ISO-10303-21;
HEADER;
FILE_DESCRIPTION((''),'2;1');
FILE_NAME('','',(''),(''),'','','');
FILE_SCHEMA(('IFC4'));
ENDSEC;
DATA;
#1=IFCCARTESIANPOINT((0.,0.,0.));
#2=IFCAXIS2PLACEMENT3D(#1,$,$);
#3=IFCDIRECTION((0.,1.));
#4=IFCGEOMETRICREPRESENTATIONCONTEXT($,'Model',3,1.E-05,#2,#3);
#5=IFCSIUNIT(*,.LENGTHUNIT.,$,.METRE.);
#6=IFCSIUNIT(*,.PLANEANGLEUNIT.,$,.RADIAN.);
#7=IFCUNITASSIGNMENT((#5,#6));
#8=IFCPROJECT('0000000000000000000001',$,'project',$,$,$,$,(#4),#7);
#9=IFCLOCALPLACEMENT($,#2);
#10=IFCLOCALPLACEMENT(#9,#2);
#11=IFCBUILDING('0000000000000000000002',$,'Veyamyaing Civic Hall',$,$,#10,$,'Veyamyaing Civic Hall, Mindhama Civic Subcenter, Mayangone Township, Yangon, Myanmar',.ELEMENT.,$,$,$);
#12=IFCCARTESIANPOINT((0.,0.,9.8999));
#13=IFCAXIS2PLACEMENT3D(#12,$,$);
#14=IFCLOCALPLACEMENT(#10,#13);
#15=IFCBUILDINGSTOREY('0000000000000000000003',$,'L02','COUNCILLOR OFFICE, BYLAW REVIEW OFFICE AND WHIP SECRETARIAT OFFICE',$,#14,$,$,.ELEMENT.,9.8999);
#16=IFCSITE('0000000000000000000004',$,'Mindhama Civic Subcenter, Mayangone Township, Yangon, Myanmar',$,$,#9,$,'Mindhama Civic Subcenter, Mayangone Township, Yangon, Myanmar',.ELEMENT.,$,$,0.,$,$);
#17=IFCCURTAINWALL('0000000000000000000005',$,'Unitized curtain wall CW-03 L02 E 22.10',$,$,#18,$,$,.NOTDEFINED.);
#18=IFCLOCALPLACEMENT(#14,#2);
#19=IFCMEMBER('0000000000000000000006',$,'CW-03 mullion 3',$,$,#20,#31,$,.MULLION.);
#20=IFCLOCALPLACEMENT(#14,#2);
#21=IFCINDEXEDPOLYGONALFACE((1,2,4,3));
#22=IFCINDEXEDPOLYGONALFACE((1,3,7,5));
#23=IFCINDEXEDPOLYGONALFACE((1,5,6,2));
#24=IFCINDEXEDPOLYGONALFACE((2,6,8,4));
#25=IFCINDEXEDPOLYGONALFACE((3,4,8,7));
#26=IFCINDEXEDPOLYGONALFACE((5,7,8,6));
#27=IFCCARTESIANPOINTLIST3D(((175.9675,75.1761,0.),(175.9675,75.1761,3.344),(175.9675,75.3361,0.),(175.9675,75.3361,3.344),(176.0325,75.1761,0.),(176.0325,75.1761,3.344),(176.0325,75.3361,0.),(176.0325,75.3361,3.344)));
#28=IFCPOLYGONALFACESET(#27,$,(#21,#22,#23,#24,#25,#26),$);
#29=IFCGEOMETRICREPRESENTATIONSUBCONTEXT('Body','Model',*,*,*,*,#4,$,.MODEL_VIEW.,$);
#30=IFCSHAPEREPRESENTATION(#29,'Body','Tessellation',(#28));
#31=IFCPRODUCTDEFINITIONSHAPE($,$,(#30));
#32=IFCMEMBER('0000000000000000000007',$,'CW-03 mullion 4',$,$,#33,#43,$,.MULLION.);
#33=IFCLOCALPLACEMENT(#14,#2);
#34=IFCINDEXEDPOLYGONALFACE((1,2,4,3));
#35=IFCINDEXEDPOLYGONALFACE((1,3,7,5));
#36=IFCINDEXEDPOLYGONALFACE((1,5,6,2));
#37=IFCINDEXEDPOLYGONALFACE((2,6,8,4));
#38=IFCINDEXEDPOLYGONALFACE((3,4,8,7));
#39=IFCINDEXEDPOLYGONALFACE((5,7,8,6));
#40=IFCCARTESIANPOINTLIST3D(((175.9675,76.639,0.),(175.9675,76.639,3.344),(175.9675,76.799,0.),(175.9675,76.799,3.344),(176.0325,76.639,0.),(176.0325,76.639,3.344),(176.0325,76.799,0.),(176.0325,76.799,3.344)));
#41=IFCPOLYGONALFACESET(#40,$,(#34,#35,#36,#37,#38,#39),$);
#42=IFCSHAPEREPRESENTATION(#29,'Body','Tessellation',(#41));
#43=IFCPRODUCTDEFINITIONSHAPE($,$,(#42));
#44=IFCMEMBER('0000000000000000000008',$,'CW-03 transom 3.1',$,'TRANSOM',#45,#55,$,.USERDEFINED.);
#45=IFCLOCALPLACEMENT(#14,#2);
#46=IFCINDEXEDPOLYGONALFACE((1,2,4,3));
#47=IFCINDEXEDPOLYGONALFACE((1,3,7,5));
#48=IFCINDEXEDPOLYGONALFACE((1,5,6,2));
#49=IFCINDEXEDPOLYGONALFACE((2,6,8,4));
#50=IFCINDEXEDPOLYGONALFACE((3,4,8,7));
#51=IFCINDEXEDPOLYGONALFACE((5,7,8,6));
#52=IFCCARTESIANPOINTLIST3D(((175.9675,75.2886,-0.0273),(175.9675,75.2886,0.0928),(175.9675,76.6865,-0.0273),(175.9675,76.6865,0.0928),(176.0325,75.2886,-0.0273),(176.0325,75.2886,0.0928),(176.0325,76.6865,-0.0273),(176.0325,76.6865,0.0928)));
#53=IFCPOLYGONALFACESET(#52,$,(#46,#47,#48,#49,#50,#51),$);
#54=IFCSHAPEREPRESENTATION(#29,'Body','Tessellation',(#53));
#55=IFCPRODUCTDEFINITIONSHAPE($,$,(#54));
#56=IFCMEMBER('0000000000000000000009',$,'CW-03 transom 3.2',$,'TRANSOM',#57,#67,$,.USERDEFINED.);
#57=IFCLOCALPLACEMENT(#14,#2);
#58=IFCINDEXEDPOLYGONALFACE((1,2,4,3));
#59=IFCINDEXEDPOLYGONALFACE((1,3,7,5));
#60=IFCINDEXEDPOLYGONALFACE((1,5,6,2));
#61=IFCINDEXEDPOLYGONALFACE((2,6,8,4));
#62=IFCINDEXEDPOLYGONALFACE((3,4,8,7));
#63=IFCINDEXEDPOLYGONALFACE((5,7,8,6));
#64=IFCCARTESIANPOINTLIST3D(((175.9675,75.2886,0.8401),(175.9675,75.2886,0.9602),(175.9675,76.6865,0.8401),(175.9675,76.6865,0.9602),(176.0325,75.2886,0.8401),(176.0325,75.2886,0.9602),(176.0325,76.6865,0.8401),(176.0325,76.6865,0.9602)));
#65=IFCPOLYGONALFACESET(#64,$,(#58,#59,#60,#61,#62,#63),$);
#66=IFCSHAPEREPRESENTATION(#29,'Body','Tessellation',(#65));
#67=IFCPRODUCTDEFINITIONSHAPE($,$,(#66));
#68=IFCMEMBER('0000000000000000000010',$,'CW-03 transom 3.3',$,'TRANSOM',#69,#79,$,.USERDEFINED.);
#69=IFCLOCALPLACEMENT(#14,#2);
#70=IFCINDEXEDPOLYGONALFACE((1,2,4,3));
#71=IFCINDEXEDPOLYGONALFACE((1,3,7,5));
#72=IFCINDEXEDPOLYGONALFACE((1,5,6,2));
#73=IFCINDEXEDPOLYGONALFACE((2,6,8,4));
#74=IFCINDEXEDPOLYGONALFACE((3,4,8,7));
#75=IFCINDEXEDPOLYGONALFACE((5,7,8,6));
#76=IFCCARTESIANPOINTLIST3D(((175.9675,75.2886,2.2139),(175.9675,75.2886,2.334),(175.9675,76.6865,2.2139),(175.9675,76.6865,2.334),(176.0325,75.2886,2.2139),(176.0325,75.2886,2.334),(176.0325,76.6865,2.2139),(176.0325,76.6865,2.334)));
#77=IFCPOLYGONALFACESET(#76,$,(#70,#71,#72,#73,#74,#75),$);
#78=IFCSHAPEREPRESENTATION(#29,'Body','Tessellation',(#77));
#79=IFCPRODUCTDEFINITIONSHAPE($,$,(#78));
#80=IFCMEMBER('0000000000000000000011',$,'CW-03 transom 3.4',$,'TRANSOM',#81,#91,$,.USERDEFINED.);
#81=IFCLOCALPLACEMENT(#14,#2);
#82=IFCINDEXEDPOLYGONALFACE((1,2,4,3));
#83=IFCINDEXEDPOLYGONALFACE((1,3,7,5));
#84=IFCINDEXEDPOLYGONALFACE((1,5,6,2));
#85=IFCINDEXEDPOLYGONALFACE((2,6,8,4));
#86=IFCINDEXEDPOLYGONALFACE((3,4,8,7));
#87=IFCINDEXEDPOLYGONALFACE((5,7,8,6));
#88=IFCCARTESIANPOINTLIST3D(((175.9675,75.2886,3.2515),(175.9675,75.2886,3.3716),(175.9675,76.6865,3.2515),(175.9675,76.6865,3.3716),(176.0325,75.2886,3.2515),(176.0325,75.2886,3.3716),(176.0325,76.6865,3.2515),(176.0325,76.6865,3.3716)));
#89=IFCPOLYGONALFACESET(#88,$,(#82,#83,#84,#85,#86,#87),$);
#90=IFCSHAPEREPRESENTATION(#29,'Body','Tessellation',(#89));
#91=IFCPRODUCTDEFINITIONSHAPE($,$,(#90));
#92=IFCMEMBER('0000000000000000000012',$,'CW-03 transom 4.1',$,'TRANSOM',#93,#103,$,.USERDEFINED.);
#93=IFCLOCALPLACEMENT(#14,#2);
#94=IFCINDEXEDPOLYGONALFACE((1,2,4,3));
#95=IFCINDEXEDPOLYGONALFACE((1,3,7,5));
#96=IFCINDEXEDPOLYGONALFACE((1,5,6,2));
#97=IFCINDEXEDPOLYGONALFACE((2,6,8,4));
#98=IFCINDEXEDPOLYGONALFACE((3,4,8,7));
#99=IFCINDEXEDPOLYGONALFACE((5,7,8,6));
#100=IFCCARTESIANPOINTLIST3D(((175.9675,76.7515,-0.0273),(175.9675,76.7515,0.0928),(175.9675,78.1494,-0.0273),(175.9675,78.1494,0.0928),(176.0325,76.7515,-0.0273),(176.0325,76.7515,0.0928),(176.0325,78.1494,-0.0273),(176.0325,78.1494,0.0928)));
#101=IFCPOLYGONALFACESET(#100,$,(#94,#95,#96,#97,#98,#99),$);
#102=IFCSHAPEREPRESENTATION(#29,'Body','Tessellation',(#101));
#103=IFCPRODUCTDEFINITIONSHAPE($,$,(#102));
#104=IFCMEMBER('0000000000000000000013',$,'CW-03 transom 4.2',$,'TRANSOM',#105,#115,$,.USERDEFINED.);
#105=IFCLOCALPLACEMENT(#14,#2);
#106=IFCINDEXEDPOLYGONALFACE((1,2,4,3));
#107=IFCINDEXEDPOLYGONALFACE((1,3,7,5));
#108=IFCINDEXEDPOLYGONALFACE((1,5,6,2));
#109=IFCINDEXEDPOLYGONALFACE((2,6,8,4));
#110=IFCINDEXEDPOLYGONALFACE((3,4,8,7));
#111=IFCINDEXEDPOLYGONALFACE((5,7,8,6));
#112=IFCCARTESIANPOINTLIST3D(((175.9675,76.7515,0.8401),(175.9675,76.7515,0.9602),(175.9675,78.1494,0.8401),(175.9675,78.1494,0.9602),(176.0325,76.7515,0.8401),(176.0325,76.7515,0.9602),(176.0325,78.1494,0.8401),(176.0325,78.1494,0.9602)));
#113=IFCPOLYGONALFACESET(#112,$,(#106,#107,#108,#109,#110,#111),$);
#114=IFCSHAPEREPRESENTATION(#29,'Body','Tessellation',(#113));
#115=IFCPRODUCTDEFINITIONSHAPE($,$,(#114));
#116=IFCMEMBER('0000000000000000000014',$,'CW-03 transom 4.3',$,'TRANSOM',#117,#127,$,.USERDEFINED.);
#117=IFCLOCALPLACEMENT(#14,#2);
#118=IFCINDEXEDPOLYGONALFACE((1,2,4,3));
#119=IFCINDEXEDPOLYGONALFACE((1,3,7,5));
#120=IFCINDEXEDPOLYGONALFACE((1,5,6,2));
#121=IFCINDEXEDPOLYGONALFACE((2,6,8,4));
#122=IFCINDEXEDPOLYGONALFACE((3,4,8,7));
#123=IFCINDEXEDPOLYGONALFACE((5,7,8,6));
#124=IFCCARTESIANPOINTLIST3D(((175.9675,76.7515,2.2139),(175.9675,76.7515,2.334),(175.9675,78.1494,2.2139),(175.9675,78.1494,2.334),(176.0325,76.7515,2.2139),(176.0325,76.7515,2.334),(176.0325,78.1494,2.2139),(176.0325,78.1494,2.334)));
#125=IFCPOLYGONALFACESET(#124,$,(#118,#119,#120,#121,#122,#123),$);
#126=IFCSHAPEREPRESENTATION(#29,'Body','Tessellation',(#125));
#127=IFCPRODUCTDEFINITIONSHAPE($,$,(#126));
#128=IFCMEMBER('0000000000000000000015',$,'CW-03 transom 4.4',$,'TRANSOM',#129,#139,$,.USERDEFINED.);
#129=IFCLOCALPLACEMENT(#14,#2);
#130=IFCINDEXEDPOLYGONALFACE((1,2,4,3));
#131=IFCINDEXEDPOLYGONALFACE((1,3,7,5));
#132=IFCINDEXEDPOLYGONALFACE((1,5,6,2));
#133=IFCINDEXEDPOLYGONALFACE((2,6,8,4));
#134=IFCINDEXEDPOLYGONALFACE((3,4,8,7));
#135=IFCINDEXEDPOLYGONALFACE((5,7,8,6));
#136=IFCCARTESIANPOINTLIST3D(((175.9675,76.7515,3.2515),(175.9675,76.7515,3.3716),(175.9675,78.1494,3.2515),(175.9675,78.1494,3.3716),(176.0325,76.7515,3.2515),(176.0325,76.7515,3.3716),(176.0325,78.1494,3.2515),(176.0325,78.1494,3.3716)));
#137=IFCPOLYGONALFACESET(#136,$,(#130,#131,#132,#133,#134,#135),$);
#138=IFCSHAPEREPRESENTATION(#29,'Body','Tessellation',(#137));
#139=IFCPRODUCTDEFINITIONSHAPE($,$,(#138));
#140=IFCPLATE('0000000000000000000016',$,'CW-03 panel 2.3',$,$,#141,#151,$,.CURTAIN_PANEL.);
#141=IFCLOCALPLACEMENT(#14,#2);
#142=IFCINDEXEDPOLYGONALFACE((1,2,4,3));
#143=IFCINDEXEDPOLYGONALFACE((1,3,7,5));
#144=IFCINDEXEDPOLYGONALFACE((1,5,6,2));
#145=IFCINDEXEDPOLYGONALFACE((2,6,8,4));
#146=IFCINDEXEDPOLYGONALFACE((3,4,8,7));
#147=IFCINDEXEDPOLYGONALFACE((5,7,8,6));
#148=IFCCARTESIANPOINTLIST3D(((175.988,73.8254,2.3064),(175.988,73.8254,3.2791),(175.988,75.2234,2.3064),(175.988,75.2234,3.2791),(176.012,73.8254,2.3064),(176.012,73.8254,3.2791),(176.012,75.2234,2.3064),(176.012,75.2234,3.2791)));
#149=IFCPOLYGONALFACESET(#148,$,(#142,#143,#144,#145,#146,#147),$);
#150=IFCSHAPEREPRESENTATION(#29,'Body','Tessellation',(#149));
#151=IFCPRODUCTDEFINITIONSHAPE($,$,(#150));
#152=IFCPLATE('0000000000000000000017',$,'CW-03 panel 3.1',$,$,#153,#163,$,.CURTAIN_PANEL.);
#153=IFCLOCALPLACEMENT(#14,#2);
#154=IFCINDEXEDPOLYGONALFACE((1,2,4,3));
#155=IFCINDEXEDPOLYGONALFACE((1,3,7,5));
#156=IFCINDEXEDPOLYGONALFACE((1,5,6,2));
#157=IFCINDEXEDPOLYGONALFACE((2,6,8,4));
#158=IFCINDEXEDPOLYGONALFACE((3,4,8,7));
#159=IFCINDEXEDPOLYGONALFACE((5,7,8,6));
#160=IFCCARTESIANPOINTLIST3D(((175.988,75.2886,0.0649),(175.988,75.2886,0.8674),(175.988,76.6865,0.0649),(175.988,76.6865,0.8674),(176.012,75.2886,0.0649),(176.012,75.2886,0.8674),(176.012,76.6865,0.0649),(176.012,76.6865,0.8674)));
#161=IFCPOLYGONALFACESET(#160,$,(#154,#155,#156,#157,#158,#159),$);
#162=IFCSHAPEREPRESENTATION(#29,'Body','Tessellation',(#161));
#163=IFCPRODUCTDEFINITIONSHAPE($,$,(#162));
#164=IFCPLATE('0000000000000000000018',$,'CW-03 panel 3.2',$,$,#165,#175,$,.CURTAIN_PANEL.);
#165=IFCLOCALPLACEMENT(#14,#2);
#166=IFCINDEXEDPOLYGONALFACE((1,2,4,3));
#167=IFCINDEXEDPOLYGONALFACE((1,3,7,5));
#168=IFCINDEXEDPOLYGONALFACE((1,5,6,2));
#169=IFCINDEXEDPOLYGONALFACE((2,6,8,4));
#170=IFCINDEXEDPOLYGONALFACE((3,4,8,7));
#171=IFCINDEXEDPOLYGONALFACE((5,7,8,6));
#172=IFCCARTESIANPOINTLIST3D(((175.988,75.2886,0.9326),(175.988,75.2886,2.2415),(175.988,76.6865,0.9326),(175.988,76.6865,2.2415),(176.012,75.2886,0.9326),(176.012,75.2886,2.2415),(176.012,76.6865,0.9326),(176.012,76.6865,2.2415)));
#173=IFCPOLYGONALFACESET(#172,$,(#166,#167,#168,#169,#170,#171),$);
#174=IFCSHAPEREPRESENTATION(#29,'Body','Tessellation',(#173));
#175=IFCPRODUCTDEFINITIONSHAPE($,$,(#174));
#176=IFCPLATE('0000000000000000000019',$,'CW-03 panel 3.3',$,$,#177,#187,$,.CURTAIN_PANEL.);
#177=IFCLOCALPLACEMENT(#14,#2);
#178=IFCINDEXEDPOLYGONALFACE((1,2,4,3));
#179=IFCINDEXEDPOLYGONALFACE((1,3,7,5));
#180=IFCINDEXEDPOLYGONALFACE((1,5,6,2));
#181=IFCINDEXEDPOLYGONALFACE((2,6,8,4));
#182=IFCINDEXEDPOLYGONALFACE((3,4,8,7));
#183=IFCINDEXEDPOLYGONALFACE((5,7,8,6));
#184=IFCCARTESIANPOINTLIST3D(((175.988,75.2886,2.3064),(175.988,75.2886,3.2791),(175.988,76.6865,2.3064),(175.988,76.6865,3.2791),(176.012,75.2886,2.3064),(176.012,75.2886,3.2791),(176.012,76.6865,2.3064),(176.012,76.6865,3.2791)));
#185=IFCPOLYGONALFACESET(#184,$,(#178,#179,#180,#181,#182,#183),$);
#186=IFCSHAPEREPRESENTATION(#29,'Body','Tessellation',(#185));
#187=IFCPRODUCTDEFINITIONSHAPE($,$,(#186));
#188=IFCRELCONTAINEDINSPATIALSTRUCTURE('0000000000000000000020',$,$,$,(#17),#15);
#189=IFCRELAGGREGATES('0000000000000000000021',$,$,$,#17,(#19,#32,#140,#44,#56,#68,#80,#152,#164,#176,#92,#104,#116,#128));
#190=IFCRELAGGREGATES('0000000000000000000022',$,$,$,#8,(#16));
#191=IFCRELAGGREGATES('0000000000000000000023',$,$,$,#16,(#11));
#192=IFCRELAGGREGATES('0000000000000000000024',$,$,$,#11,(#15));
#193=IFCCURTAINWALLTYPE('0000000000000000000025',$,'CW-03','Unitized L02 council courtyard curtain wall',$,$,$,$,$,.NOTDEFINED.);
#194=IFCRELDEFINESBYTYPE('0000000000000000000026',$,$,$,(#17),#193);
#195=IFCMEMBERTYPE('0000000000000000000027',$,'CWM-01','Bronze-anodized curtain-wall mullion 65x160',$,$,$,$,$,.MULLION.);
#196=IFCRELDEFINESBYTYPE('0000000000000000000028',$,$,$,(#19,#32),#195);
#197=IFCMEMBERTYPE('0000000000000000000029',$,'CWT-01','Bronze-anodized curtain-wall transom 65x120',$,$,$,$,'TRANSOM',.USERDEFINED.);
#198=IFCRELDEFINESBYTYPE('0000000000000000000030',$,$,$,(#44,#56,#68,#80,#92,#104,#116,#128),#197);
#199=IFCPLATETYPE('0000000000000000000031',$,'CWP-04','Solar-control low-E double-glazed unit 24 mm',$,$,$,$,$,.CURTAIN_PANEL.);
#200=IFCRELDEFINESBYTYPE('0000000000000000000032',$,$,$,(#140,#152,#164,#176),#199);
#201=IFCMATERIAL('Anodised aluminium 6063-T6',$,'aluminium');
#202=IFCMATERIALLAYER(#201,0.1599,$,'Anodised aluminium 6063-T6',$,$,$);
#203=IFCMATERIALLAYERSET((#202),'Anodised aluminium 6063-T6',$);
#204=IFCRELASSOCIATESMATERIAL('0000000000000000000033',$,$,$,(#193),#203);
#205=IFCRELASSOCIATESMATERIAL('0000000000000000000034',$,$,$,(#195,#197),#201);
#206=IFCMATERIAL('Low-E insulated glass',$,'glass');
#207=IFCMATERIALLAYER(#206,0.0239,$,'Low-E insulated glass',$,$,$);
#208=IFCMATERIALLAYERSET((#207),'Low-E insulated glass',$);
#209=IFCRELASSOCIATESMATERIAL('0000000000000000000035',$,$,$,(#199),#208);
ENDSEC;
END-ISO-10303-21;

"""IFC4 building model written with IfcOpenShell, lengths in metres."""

from ifc_helpers import new_model, si_unit, direction, frame, origin, origin_2d, place, context, subcontext, project, spatial, rectangle, extrude, material, layer, layer_set, material_profile, profile_set, type_object, element, aggregate, save


model = new_model("IFC4")

# Units and contexts
model_context = context("Model", 3, precision=1e-05, world=origin(), true_north=direction((0.0, 1.0)))
body_context = subcontext(model_context, "Body", "Model", "MODEL_VIEW")
ifc_project = project(units=[si_unit("LENGTHUNIT", "METRE"), si_unit("PLANEANGLEUNIT", "RADIAN")], contexts=[model_context])

# Site, building, storey
site_placement = place(None, origin())
site = spatial("IfcSite", under=ifc_project, at=site_placement, Name="Mindhama Civic Subcenter, Mayangone Township, Yangon, Myanmar", LongName="Mindhama Civic Subcenter, Mayangone Township, Yangon, Myanmar", CompositionType="ELEMENT", RefElevation=0.0)
building_placement = place(site_placement, origin())
building = spatial("IfcBuilding", under=site, at=building_placement, Name="Veyamyaing Civic Hall", LongName="Veyamyaing Civic Hall, Mindhama Civic Subcenter, Mayangone Township, Yangon, Myanmar", CompositionType="ELEMENT")
storey_placement = place(building_placement, frame((0.0, 0.0, 9.8999)))
storey = spatial("IfcBuildingStorey", under=building, at=storey_placement, Name="L02", Description="COUNCILLOR OFFICE, BYLAW REVIEW OFFICE AND WHIP SECRETARIAT OFFICE", CompositionType="ELEMENT", Elevation=9.8999)

# Curtain wall, members, plates
ifc_material_1 = material(Name="Anodised aluminium 6063-T6", Category="aluminium")
ifc_layer_1 = layer(ifc_material_1, 0.1599, Name="Anodised aluminium 6063-T6")
ifc_layer_set_1 = layer_set([ifc_layer_1], Name="Anodised aluminium 6063-T6")
curtain_wall_type = type_object("IfcCurtainWallType", Name="CW-03", Description="Unitized L02 council courtyard curtain wall", PredefinedType="NOTDEFINED", material=ifc_layer_set_1)
curtain_wall_placement = place(storey_placement, origin())
curtain_wall = element("IfcCurtainWall", 1, at=curtain_wall_placement, inside=storey, type_object=curtain_wall_type, Name="Unitized curtain wall CW-03 L02 E 22.10", PredefinedType="NOTDEFINED")
ifc_material_profile_1 = material_profile(ifc_material_1, rectangle(XDim=0.0649, YDim=0.1599, at=origin_2d()), Name="ALU-MUL-65X160")
ifc_profile_set_1 = profile_set([ifc_material_profile_1], Name="Anodised aluminium 6063-T6")
member_type_1 = type_object("IfcMemberType", Name="CWM-01", Description="Bronze-anodized curtain-wall mullion 65x160", PredefinedType="MULLION", material=ifc_profile_set_1)
member_1_placement = place(storey_placement, frame((176.0, 75.2561, 0.0), z_axis=(0.0, 0.0, 1.0), x_axis=(-1.0, 0.0, 0.0)))
member_1 = element("IfcMember", 2, at=member_1_placement, type_object=member_type_1, Name="CW-03 mullion 3", PredefinedType="MULLION", context=body_context, shape_type="SweptSolid", body=[
    extrude(rectangle(XDim=0.0649, YDim=0.1599, at=origin_2d()), origin(), (0.0, 0.0, 1.0), 3.344),
])
member_2_placement = place(storey_placement, frame((176.0, 76.719, 0.0), z_axis=(0.0, 0.0, 1.0), x_axis=(-1.0, 0.0, 0.0)))
member_2 = element("IfcMember", 3, at=member_2_placement, type_object=member_type_1, Name="CW-03 mullion 4", PredefinedType="MULLION", context=body_context, shape_type="SweptSolid", body=[
    extrude(rectangle(XDim=0.0649, YDim=0.1599, at=origin_2d()), origin(), (0.0, 0.0, 1.0), 3.344),
])
ifc_material_profile_2 = material_profile(ifc_material_1, rectangle(XDim=0.0649, YDim=0.1201, at=origin_2d()), Name="ALU-TRN-65X120")
ifc_profile_set_2 = profile_set([ifc_material_profile_2], Name="Anodised aluminium 6063-T6")
member_type_2 = type_object("IfcMemberType", Name="CWT-01", Description="Bronze-anodized curtain-wall transom 65x120", ElementType="TRANSOM", PredefinedType="USERDEFINED", material=ifc_profile_set_2)
member_3_placement = place(storey_placement, frame((176.0, 75.2886, 0.0327), z_axis=(0.0, 1.0, 0.0), x_axis=(-1.0, 0.0, 0.0)))
member_3 = element("IfcMember", 4, at=member_3_placement, type_object=member_type_2, Name="CW-03 transom 3.1", ObjectType="TRANSOM", PredefinedType="USERDEFINED", context=body_context, shape_type="SweptSolid", body=[
    extrude(rectangle(XDim=0.0649, YDim=0.1201, at=origin_2d()), origin(), (0.0, 0.0, 1.0), 1.3979),
])
member_4_placement = place(storey_placement, frame((176.0, 75.2886, 0.9001), z_axis=(0.0, 1.0, 0.0), x_axis=(-1.0, 0.0, 0.0)))
member_4 = element("IfcMember", 5, at=member_4_placement, type_object=member_type_2, Name="CW-03 transom 3.2", ObjectType="TRANSOM", PredefinedType="USERDEFINED", context=body_context, shape_type="SweptSolid", body=[
    extrude(rectangle(XDim=0.0649, YDim=0.1201, at=origin_2d()), origin(), (0.0, 0.0, 1.0), 1.3979),
])
member_5_placement = place(storey_placement, frame((176.0, 75.2886, 2.2739), z_axis=(0.0, 1.0, 0.0), x_axis=(-1.0, 0.0, 0.0)))
member_5 = element("IfcMember", 6, at=member_5_placement, type_object=member_type_2, Name="CW-03 transom 3.3", ObjectType="TRANSOM", PredefinedType="USERDEFINED", context=body_context, shape_type="SweptSolid", body=[
    extrude(rectangle(XDim=0.0649, YDim=0.1201, at=origin_2d()), origin(), (0.0, 0.0, 1.0), 1.3979),
])
member_6_placement = place(storey_placement, frame((176.0, 75.2886, 3.3115), z_axis=(0.0, 1.0, 0.0), x_axis=(-1.0, 0.0, 0.0)))
member_6 = element("IfcMember", 7, at=member_6_placement, type_object=member_type_2, Name="CW-03 transom 3.4", ObjectType="TRANSOM", PredefinedType="USERDEFINED", context=body_context, shape_type="SweptSolid", body=[
    extrude(rectangle(XDim=0.0649, YDim=0.1201, at=origin_2d()), origin(), (0.0, 0.0, 1.0), 1.3979),
])
member_7_placement = place(storey_placement, frame((176.0, 76.7515, 0.0327), z_axis=(0.0, 1.0, 0.0), x_axis=(-1.0, 0.0, 0.0)))
member_7 = element("IfcMember", 8, at=member_7_placement, type_object=member_type_2, Name="CW-03 transom 4.1", ObjectType="TRANSOM", PredefinedType="USERDEFINED", context=body_context, shape_type="SweptSolid", body=[
    extrude(rectangle(XDim=0.0649, YDim=0.1201, at=origin_2d()), origin(), (0.0, 0.0, 1.0), 1.3979),
])
member_8_placement = place(storey_placement, frame((176.0, 76.7515, 0.9001), z_axis=(0.0, 1.0, 0.0), x_axis=(-1.0, 0.0, 0.0)))
member_8 = element("IfcMember", 9, at=member_8_placement, type_object=member_type_2, Name="CW-03 transom 4.2", ObjectType="TRANSOM", PredefinedType="USERDEFINED", context=body_context, shape_type="SweptSolid", body=[
    extrude(rectangle(XDim=0.0649, YDim=0.1201, at=origin_2d()), origin(), (0.0, 0.0, 1.0), 1.3979),
])
member_9_placement = place(storey_placement, frame((176.0, 76.7515, 2.2739), z_axis=(0.0, 1.0, 0.0), x_axis=(-1.0, 0.0, 0.0)))
member_9 = element("IfcMember", 10, at=member_9_placement, type_object=member_type_2, Name="CW-03 transom 4.3", ObjectType="TRANSOM", PredefinedType="USERDEFINED", context=body_context, shape_type="SweptSolid", body=[
    extrude(rectangle(XDim=0.0649, YDim=0.1201, at=origin_2d()), origin(), (0.0, 0.0, 1.0), 1.3979),
])
member_10_placement = place(storey_placement, frame((176.0, 76.7515, 3.3115), z_axis=(0.0, 1.0, 0.0), x_axis=(-1.0, 0.0, 0.0)))
member_10 = element("IfcMember", 11, at=member_10_placement, type_object=member_type_2, Name="CW-03 transom 4.4", ObjectType="TRANSOM", PredefinedType="USERDEFINED", context=body_context, shape_type="SweptSolid", body=[
    extrude(rectangle(XDim=0.0649, YDim=0.1201, at=origin_2d()), origin(), (0.0, 0.0, 1.0), 1.3979),
])
ifc_material_2 = material(Name="Low-E insulated glass", Category="glass")
ifc_layer_2 = layer(ifc_material_2, 0.0239, Name="Low-E insulated glass")
ifc_layer_set_2 = layer_set([ifc_layer_2], Name="Low-E insulated glass")
plate_type = type_object("IfcPlateType", Name="CWP-04", Description="Solar-control low-E double-glazed unit 24 mm", PredefinedType="CURTAIN_PANEL", material=ifc_layer_set_2)
plate_1_placement = place(storey_placement, frame((176.0, 74.5244, 2.3064), z_axis=(0.0, 0.0, 1.0), x_axis=(0.0, 1.0, 0.0)))
plate_1 = element("IfcPlate", 12, at=plate_1_placement, type_object=plate_type, Name="CW-03 panel 2.3", PredefinedType="CURTAIN_PANEL", context=body_context, shape_type="SweptSolid", body=[
    extrude(rectangle(XDim=1.3979, YDim=0.0239, at=origin_2d()), origin(), (0.0, 0.0, 1.0), 0.9727),
])
plate_2_placement = place(storey_placement, frame((176.0, 75.9875, 0.0649), z_axis=(0.0, 0.0, 1.0), x_axis=(0.0, 1.0, 0.0)))
plate_2 = element("IfcPlate", 13, at=plate_2_placement, type_object=plate_type, Name="CW-03 panel 3.1", PredefinedType="CURTAIN_PANEL", context=body_context, shape_type="SweptSolid", body=[
    extrude(rectangle(XDim=1.3979, YDim=0.0239, at=origin_2d()), origin(), (0.0, 0.0, 1.0), 0.8025),
])
plate_3_placement = place(storey_placement, frame((176.0, 75.9875, 0.9326), z_axis=(0.0, 0.0, 1.0), x_axis=(0.0, 1.0, 0.0)))
plate_3 = element("IfcPlate", 14, at=plate_3_placement, type_object=plate_type, Name="CW-03 panel 3.2", PredefinedType="CURTAIN_PANEL", context=body_context, shape_type="SweptSolid", body=[
    extrude(rectangle(XDim=1.3979, YDim=0.0239, at=origin_2d()), origin(), (0.0, 0.0, 1.0), 1.3088),
])
plate_4_placement = place(storey_placement, frame((176.0, 75.9875, 2.3064), z_axis=(0.0, 0.0, 1.0), x_axis=(0.0, 1.0, 0.0)))
plate_4 = element("IfcPlate", 15, at=plate_4_placement, type_object=plate_type, Name="CW-03 panel 3.3", PredefinedType="CURTAIN_PANEL", context=body_context, shape_type="SweptSolid", body=[
    extrude(rectangle(XDim=1.3979, YDim=0.0239, at=origin_2d()), origin(), (0.0, 0.0, 1.0), 0.9727),
])
aggregate(curtain_wall, [member_1, member_2, plate_1, member_3, member_4, member_5, member_6, plate_2, plate_3, plate_4, member_7, member_8, member_9, member_10])

save(model, "model.ifc")
